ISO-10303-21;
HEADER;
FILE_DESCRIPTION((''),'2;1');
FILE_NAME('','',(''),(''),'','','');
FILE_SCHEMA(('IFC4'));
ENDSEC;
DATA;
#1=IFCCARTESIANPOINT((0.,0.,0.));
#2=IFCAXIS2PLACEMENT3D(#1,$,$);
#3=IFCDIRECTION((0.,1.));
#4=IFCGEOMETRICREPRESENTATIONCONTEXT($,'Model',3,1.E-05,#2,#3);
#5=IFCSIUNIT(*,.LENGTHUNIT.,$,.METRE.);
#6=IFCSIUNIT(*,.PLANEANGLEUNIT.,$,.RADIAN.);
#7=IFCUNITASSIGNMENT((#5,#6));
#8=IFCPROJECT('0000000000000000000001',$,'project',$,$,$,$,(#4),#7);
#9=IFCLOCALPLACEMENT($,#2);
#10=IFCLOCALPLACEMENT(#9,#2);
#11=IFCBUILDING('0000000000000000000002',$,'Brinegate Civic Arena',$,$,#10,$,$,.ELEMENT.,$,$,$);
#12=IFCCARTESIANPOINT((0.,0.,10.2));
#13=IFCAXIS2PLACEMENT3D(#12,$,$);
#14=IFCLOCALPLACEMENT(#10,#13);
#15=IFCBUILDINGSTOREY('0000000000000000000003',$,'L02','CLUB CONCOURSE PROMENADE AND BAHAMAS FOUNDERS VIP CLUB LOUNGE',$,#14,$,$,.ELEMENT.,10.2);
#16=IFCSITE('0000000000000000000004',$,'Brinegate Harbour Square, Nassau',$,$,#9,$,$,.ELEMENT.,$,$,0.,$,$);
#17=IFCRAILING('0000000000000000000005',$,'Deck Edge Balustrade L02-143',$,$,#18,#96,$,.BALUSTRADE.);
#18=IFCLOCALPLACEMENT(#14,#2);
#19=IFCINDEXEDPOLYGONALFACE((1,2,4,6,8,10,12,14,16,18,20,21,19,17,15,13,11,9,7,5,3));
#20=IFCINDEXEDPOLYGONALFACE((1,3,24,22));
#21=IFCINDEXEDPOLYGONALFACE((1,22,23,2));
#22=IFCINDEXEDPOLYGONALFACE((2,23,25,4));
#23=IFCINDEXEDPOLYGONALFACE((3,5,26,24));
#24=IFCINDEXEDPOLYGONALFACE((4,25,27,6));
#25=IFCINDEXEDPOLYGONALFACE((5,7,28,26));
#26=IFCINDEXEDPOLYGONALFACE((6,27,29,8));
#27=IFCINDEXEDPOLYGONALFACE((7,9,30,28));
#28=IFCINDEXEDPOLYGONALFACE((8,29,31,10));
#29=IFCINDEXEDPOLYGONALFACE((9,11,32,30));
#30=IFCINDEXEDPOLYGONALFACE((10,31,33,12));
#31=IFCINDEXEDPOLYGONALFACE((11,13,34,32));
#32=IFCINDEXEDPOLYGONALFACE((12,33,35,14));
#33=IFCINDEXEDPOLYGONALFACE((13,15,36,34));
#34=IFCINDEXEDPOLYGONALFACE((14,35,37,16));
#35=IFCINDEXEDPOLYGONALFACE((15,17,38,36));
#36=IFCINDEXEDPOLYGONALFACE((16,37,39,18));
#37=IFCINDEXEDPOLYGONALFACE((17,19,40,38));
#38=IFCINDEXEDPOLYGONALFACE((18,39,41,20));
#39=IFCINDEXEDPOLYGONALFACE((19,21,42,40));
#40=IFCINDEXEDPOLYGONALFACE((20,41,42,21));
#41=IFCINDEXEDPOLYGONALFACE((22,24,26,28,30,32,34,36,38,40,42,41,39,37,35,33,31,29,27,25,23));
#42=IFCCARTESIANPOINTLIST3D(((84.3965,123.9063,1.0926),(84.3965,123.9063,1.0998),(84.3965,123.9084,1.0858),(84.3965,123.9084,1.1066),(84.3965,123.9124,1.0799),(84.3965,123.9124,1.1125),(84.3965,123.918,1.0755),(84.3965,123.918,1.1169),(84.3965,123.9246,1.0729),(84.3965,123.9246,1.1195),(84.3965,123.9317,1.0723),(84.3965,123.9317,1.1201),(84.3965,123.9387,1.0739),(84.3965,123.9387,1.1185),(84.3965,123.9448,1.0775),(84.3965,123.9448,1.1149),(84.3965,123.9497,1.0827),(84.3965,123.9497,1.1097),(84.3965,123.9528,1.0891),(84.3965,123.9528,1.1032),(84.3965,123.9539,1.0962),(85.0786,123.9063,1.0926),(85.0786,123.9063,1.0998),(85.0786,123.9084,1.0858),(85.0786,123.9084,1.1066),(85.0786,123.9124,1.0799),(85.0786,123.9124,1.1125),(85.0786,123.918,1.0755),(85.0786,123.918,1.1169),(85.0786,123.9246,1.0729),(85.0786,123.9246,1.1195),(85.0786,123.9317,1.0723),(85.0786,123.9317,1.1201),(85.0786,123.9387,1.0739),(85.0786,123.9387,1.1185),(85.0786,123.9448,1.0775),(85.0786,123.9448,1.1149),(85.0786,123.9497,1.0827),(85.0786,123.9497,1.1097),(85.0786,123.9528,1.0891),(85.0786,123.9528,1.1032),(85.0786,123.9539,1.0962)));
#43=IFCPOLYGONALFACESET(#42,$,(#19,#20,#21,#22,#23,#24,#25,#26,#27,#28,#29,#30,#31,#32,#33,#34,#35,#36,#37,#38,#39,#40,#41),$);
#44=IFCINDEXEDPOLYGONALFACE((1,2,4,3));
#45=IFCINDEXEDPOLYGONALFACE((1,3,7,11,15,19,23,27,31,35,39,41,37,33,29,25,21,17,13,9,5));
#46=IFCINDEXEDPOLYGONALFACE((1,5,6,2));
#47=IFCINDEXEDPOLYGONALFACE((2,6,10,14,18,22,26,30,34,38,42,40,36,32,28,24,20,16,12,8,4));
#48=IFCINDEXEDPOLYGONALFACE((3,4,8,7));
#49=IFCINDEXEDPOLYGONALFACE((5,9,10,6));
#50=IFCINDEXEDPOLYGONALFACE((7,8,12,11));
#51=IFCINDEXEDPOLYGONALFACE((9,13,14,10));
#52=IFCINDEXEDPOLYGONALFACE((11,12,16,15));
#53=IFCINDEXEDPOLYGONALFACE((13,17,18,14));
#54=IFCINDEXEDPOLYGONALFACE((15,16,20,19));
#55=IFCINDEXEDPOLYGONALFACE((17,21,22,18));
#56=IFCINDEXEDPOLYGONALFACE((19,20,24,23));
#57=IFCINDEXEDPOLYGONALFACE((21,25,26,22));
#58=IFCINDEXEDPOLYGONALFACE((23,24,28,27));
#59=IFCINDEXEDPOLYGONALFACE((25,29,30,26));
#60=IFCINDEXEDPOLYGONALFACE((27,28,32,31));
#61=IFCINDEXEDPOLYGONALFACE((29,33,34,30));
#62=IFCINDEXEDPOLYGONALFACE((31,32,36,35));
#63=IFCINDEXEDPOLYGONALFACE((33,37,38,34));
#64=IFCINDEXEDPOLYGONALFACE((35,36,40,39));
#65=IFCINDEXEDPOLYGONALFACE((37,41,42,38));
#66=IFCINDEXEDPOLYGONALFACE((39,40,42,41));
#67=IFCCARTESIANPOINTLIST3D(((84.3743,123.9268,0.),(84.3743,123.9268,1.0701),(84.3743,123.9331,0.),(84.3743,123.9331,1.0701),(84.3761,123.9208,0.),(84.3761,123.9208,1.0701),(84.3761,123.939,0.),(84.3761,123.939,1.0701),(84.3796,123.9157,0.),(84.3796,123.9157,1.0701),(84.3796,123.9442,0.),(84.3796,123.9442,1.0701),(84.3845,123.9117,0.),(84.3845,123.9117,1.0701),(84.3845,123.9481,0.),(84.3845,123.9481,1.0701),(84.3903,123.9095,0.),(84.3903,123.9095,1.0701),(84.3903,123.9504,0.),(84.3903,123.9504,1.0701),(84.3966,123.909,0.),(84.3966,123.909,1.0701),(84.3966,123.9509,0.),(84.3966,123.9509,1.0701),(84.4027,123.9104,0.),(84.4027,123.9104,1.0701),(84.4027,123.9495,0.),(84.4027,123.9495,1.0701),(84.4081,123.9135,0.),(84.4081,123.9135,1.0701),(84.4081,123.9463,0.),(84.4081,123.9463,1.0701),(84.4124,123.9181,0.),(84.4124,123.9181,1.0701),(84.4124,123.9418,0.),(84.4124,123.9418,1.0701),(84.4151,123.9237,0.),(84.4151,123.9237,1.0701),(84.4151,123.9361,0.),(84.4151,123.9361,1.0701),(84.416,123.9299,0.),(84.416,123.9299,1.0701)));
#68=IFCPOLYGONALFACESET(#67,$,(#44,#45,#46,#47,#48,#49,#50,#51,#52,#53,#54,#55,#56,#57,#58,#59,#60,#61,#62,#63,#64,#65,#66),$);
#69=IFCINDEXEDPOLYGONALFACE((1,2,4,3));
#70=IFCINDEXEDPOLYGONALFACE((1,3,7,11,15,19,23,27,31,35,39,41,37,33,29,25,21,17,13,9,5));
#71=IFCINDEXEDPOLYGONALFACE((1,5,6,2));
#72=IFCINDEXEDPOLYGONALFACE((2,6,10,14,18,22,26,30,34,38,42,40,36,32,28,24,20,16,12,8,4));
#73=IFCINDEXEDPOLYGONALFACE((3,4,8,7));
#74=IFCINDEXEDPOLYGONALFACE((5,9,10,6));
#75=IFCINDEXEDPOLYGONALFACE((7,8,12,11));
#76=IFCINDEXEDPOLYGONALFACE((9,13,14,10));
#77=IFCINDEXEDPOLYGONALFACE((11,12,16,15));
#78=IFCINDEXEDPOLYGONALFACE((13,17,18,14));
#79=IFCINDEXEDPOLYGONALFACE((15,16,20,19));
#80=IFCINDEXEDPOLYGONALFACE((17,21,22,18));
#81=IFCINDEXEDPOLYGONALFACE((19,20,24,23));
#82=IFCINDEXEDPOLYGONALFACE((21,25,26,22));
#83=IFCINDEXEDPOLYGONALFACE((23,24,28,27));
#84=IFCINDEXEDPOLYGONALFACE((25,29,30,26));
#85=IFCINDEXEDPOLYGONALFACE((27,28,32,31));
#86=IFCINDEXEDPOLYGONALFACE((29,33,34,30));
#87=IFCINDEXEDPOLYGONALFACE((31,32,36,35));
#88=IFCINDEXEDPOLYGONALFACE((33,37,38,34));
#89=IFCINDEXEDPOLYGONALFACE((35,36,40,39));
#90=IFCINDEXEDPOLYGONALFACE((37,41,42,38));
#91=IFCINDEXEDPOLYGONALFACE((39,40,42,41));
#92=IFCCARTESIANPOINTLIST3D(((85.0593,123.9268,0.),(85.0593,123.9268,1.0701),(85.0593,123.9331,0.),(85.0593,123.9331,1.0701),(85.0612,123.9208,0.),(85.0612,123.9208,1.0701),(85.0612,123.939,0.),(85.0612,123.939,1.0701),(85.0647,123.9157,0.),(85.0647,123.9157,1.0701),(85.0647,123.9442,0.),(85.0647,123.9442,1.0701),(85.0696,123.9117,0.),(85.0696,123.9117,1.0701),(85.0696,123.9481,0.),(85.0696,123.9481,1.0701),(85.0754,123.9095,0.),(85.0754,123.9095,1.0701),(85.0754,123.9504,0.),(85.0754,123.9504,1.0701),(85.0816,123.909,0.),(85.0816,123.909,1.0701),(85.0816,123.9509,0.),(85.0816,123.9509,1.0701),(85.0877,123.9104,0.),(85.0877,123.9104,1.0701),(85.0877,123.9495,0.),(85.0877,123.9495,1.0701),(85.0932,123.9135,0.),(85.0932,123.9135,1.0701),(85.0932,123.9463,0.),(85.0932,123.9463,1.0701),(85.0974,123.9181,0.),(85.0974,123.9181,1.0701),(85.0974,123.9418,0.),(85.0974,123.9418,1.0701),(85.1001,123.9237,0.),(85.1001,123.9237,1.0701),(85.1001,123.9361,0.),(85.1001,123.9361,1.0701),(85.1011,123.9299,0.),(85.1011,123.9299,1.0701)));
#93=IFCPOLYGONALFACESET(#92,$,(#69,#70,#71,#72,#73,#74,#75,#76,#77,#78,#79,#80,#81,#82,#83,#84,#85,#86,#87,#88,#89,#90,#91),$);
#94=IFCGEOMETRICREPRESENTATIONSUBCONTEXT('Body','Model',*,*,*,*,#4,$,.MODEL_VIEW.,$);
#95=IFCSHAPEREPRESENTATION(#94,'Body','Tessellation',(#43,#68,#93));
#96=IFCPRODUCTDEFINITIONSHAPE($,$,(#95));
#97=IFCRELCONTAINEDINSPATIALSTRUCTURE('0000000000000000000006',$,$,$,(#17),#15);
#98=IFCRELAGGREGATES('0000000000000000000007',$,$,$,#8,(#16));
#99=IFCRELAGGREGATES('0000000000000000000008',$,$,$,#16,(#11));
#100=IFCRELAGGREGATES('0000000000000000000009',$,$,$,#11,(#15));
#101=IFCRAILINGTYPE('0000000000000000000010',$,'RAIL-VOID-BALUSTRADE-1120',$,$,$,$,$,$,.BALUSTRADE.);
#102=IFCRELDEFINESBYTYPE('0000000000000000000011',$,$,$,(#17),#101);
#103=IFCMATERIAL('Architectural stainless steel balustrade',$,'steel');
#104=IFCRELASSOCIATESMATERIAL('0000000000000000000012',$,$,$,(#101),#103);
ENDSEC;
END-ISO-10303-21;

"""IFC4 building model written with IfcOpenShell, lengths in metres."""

from ifc_helpers import new_model, si_unit, direction, frame, origin, origin_2d, place, context, subcontext, project, spatial, circle, extrude, material, type_object, element, save


model = new_model("IFC4")

# Units and contexts
model_context = context("Model", 3, precision=1e-05, world=origin(), true_north=direction((0.0, 1.0)))
body_context = subcontext(model_context, "Body", "Model", "MODEL_VIEW")
ifc_project = project(units=[si_unit("LENGTHUNIT", "METRE"), si_unit("PLANEANGLEUNIT", "RADIAN")], contexts=[model_context])

# Site, building, storey
site_placement = place(None, origin())
site = spatial("IfcSite", under=ifc_project, at=site_placement, Name="Brinegate Harbour Square, Nassau", CompositionType="ELEMENT", RefElevation=0.0)
building_placement = place(site_placement, origin())
building = spatial("IfcBuilding", under=site, at=building_placement, Name="Brinegate Civic Arena", CompositionType="ELEMENT")
storey_placement = place(building_placement, frame((0.0, 0.0, 10.2)))
storey = spatial("IfcBuildingStorey", under=building, at=storey_placement, Name="L02", Description="CLUB CONCOURSE PROMENADE AND BAHAMAS FOUNDERS VIP CLUB LOUNGE", CompositionType="ELEMENT", Elevation=10.2)

# Railing
ifc_material_1 = material(Name="Architectural stainless steel balustrade", Category="steel")
railing_type = type_object("IfcRailingType", Name="RAIL-VOID-BALUSTRADE-1120", PredefinedType="BALUSTRADE", material=ifc_material_1)
railing_placement = place(storey_placement, frame((84.395, 123.9299, 0.0)))
element("IfcRailing", 1, at=railing_placement, inside=storey, type_object=railing_type, Name="Deck Edge Balustrade L02-143", PredefinedType="BALUSTRADE", context=body_context, shape_type="SweptSolid", body=[
    extrude(circle(Radius=0.0239, at=origin_2d()), frame((0.0015, 0.0, 1.0962), z_axis=(1.0, 0.0, 0.0), x_axis=(0.0, 1.0, 0.0)), (0.0, 0.0, 1.0), 0.6821),
    extrude(circle(Radius=0.021, at=origin_2d()), origin(), (0.0, 0.0, 1.0), 1.0701),
    extrude(circle(Radius=0.021, at=origin_2d()), frame((0.6851, 0.0, 0.0)), (0.0, 0.0, 1.0), 1.0701),
])

save(model, "model.ifc")
